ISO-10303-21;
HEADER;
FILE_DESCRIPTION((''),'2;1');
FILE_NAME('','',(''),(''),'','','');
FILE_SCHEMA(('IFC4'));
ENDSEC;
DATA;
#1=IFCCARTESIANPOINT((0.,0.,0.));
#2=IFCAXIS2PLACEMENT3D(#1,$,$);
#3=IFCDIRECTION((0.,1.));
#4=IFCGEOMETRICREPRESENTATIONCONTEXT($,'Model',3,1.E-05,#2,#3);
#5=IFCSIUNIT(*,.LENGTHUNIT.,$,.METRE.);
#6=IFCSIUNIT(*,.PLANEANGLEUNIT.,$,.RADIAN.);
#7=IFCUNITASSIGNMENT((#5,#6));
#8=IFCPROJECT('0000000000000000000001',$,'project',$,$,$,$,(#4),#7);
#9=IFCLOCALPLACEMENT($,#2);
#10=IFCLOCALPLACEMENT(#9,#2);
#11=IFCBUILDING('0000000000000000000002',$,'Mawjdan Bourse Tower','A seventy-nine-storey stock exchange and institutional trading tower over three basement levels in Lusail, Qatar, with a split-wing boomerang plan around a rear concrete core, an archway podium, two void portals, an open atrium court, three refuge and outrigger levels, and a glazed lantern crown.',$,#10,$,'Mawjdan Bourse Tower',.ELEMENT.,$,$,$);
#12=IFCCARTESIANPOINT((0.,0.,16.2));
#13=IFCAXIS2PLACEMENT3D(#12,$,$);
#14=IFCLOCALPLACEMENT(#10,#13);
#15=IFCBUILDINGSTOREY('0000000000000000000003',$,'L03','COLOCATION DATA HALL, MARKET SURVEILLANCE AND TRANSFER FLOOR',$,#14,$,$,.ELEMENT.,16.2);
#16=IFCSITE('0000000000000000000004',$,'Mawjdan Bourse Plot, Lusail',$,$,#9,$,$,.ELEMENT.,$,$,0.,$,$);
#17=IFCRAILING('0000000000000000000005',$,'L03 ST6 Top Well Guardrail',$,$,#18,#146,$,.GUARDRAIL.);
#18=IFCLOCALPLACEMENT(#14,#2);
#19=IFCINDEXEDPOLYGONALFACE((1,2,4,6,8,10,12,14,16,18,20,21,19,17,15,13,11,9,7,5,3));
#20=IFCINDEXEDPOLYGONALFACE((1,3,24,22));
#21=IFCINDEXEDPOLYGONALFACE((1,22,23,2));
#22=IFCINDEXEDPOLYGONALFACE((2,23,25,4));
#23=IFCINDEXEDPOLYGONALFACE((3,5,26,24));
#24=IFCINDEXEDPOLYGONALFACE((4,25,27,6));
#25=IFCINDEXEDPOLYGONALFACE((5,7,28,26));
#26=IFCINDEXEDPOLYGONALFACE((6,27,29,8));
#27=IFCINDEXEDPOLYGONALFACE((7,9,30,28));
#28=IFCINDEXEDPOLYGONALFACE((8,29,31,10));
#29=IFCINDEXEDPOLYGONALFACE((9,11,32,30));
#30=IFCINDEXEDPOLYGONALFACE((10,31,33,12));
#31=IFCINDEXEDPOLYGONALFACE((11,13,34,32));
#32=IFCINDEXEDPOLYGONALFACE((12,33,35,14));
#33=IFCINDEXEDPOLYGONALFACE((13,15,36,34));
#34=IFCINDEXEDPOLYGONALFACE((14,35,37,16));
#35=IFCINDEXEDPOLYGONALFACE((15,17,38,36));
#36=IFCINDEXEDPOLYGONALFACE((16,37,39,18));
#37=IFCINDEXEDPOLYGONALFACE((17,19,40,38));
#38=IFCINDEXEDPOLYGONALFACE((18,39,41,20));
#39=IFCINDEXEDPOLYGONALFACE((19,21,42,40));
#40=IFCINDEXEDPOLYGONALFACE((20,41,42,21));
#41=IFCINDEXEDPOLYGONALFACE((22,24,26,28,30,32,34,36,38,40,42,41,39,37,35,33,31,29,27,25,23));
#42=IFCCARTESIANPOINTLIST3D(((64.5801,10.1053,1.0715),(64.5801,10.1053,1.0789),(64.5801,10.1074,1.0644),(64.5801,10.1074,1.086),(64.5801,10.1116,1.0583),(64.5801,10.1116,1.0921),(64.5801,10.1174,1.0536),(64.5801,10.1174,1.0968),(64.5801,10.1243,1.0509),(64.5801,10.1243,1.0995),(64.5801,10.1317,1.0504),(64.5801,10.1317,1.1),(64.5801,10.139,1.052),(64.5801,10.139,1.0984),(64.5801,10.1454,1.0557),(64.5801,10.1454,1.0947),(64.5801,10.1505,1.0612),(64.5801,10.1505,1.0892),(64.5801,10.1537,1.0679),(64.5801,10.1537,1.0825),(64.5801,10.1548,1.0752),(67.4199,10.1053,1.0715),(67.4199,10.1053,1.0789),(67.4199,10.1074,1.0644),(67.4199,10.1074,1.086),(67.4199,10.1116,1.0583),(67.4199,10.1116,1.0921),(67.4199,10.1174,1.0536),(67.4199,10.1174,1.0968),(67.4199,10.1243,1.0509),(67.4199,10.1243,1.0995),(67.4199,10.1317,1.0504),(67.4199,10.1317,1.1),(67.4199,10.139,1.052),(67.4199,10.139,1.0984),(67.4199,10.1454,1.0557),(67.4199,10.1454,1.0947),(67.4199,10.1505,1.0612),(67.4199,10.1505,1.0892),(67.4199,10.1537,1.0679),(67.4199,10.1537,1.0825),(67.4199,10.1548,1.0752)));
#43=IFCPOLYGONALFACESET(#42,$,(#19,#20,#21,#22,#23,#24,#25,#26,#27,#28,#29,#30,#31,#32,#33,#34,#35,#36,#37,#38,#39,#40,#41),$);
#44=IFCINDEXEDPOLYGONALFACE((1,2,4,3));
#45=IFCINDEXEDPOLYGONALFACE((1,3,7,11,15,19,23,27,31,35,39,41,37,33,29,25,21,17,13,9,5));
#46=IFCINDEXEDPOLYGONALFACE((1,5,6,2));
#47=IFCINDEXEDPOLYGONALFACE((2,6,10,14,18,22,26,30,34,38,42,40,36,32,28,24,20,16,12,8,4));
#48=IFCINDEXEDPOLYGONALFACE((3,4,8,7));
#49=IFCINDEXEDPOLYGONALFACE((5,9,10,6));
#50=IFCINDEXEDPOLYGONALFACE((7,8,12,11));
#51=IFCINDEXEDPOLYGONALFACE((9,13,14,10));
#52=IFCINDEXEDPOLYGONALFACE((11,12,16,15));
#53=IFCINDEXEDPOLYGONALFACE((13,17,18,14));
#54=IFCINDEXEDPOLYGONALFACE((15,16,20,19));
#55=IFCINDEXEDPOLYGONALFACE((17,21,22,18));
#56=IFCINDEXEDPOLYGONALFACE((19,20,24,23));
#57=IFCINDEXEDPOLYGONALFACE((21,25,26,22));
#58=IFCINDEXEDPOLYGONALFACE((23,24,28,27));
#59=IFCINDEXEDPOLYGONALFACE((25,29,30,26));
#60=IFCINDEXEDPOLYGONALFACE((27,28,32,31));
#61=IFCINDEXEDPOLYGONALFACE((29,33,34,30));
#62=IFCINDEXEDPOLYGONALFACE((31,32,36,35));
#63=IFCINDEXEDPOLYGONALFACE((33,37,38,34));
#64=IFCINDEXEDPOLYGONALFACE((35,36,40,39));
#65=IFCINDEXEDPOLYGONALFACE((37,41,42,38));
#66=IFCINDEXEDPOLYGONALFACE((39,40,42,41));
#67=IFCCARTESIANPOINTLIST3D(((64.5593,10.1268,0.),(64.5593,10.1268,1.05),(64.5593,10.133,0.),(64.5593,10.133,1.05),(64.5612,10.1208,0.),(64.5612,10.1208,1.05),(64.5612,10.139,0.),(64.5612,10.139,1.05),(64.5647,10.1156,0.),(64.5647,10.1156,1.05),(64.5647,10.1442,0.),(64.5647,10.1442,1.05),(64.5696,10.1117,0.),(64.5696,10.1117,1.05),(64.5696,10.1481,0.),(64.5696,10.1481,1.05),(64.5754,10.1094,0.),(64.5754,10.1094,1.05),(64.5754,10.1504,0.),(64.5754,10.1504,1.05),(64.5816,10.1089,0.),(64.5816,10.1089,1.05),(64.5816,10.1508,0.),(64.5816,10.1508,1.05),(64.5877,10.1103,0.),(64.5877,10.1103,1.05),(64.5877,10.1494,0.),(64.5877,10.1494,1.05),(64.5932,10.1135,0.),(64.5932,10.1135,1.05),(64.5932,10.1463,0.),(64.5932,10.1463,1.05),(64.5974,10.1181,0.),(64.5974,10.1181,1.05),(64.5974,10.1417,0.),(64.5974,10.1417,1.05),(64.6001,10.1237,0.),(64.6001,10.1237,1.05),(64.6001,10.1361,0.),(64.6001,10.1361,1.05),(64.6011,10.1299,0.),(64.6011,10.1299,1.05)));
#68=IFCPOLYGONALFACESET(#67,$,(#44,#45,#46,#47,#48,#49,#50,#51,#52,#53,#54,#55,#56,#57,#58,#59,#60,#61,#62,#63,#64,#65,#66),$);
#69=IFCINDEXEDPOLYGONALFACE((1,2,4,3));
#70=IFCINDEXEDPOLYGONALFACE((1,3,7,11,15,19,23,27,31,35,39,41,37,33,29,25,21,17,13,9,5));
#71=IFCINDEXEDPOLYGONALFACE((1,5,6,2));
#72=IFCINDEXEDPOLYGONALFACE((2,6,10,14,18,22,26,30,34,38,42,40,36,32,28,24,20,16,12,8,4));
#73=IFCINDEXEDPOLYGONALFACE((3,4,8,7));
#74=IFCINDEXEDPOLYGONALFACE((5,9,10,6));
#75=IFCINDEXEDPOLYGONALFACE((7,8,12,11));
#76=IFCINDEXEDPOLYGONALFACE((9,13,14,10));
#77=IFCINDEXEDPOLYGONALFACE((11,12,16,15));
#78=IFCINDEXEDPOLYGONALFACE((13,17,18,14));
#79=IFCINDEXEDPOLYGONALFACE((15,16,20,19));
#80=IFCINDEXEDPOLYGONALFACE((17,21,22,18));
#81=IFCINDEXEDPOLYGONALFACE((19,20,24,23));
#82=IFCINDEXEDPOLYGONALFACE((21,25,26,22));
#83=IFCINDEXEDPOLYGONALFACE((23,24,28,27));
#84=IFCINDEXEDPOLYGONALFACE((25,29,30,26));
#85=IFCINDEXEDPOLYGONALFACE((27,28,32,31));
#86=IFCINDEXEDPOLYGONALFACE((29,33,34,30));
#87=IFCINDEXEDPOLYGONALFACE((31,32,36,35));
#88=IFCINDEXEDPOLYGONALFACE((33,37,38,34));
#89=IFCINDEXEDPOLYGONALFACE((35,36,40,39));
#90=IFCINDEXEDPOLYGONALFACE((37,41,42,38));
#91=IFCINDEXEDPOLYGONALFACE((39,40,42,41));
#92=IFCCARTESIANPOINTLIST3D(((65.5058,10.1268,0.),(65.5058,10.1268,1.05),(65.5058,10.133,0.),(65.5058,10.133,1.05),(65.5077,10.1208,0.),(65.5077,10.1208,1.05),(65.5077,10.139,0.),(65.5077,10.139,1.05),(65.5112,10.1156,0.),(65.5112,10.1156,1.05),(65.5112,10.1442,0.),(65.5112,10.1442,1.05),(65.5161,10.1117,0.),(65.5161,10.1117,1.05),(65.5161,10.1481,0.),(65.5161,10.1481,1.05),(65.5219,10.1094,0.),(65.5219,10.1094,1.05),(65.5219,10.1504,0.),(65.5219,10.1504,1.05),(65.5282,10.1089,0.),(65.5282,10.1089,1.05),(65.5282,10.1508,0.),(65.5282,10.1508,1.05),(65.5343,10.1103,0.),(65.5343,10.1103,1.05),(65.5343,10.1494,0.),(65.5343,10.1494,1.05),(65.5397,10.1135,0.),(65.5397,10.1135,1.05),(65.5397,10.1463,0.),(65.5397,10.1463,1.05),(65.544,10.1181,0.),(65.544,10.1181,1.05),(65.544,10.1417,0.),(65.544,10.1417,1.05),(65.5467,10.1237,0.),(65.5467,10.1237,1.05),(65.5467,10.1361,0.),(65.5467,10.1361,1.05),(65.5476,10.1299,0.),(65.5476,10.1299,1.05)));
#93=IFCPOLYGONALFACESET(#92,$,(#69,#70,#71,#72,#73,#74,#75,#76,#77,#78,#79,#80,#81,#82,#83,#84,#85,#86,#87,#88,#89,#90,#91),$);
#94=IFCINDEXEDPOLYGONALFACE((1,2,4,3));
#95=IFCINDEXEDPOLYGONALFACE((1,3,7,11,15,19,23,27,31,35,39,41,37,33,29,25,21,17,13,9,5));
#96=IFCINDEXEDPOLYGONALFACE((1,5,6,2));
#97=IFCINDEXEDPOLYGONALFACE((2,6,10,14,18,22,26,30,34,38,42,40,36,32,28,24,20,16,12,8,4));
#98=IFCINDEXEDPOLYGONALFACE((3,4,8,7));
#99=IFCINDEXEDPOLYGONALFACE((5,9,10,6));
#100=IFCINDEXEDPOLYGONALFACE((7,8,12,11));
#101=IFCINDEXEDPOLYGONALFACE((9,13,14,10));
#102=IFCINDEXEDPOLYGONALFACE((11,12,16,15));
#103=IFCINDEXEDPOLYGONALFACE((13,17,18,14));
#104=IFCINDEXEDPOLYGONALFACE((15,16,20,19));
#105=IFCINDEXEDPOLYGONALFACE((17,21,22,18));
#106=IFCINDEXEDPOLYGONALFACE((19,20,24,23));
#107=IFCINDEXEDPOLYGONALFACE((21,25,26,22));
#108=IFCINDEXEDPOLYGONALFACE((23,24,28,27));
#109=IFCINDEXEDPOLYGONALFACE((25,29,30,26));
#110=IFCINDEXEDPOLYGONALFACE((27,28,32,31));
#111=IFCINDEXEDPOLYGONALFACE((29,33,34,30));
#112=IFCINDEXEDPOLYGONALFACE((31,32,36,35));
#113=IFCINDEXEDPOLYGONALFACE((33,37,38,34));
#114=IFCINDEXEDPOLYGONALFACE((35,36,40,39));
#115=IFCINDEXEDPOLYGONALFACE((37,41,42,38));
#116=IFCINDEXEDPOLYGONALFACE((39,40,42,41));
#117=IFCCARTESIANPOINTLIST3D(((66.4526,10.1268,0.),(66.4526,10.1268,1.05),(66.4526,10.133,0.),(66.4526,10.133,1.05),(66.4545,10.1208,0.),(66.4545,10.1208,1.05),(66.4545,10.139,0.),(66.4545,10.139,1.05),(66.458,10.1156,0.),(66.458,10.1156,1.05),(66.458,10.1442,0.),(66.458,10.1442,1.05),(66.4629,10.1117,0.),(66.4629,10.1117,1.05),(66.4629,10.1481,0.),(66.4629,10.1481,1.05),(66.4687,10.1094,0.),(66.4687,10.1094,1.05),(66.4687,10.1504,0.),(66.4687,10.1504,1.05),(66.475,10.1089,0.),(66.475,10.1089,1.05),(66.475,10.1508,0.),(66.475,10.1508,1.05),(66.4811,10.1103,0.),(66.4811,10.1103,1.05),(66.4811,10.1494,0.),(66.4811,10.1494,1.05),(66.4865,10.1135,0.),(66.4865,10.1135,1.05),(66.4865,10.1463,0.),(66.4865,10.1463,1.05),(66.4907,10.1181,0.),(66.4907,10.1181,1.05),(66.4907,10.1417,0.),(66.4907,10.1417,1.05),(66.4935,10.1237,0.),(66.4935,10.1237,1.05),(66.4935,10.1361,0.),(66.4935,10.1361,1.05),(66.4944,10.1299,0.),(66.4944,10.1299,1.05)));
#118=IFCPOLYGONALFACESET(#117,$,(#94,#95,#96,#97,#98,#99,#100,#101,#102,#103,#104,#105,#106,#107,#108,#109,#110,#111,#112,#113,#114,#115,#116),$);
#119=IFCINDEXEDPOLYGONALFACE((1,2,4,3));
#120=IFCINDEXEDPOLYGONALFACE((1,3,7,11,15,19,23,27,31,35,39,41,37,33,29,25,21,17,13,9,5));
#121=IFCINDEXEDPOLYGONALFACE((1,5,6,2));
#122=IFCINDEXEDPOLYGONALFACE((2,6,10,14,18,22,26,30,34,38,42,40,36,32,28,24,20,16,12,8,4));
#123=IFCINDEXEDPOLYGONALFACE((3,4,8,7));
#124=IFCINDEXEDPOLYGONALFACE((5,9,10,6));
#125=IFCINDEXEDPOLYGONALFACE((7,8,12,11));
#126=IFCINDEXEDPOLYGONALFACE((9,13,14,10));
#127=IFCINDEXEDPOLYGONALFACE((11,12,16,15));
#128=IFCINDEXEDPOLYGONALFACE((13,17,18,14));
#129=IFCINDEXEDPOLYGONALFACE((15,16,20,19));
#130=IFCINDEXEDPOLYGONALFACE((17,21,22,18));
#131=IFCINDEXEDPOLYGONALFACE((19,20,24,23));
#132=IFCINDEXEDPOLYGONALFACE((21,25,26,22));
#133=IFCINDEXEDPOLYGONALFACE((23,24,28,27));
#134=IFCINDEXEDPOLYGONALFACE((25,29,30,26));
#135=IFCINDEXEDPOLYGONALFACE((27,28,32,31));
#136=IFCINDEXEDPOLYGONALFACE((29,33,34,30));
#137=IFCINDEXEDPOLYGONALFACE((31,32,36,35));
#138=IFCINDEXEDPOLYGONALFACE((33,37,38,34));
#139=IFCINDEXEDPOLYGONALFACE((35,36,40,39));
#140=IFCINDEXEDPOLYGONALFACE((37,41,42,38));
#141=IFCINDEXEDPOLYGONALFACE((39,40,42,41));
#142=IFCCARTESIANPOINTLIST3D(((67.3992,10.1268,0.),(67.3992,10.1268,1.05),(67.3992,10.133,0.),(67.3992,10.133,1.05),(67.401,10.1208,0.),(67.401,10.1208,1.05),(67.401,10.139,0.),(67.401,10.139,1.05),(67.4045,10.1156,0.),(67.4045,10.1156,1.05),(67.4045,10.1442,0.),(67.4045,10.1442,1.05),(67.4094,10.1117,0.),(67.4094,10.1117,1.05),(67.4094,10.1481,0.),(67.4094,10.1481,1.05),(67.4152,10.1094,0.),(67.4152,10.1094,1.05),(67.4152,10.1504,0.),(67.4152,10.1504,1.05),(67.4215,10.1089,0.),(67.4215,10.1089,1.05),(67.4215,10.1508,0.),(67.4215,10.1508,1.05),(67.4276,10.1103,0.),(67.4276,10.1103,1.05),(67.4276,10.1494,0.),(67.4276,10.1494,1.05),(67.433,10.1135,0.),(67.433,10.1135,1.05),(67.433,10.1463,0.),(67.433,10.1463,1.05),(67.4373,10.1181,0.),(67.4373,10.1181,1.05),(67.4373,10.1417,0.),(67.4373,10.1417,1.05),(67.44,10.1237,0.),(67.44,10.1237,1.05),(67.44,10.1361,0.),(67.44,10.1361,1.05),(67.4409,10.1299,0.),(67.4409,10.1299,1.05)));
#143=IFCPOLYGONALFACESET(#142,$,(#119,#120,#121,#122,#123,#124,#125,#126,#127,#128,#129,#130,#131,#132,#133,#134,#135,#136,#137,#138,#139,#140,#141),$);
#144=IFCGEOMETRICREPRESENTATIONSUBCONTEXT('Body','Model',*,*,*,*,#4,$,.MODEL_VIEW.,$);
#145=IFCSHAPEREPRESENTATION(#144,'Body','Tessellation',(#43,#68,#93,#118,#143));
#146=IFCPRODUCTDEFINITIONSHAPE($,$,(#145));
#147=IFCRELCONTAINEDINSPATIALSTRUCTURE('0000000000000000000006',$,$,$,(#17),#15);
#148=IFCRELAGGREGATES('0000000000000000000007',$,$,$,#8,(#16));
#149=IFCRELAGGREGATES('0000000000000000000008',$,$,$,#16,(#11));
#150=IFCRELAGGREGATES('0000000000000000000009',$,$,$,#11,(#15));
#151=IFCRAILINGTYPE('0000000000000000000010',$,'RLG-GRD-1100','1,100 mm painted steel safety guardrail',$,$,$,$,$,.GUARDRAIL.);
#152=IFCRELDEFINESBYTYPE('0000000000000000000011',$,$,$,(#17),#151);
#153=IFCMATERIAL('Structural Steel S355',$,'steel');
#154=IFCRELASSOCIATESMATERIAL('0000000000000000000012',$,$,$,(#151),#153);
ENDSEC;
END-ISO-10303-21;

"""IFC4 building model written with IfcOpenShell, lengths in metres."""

from ifc_helpers import new_model, si_unit, direction, frame, origin, origin_2d, place, context, subcontext, project, spatial, circle, extrude, material, type_object, element, save


model = new_model("IFC4")

# Units and contexts
model_context = context("Model", 3, precision=1e-05, world=origin(), true_north=direction((0.0, 1.0)))
body_context = subcontext(model_context, "Body", "Model", "MODEL_VIEW")
ifc_project = project(units=[si_unit("LENGTHUNIT", "METRE"), si_unit("PLANEANGLEUNIT", "RADIAN")], contexts=[model_context])

# Site, building, storey
site_placement = place(None, origin())
site = spatial("IfcSite", under=ifc_project, at=site_placement, Name="Mawjdan Bourse Plot, Lusail", CompositionType="ELEMENT", RefElevation=0.0)
building_placement = place(site_placement, origin())
building = spatial("IfcBuilding", under=site, at=building_placement, Name="Mawjdan Bourse Tower", Description="A seventy-nine-storey stock exchange and institutional trading tower over three basement levels in Lusail, Qatar, with a split-wing boomerang plan around a rear concrete core, an archway podium, two void portals, an open atrium court, three refuge and outrigger levels, and a glazed lantern crown.", LongName="Mawjdan Bourse Tower", CompositionType="ELEMENT")
storey_placement = place(building_placement, frame((0.0, 0.0, 16.2)))
storey = spatial("IfcBuildingStorey", under=building, at=storey_placement, Name="L03", Description="COLOCATION DATA HALL, MARKET SURVEILLANCE AND TRANSFER FLOOR", CompositionType="ELEMENT", Elevation=16.2)

# Shared definitions
ifc_material_1 = material(Name="Structural Steel S355", Category="steel")

# Railing
railing_type = type_object("IfcRailingType", Name="RLG-GRD-1100", Description="1,100 mm painted steel safety guardrail", PredefinedType="GUARDRAIL", material=ifc_material_1)
railing_placement = place(storey_placement, frame((64.5801, 10.1299, 0.0)))
element("IfcRailing", 1, at=railing_placement, inside=storey, type_object=railing_type, Name="L03 ST6 Top Well Guardrail", PredefinedType="GUARDRAIL", context=body_context, shape_type="SweptSolid", body=[
    extrude(circle(Radius=0.0249, at=origin_2d()), frame((0.0, 0.0, 1.0752), z_axis=(1.0, 0.0, 0.0), x_axis=(0.0, 1.0, 0.0)), (0.0, 0.0, 1.0), 2.8398),
    extrude(circle(Radius=0.021, at=origin_2d()), origin(), (0.0, 0.0, 1.0), 1.05),
    extrude(circle(Radius=0.021, at=origin_2d()), frame((0.9465, 0.0, 0.0)), (0.0, 0.0, 1.0), 1.05),
    extrude(circle(Radius=0.021, at=origin_2d()), frame((1.8933, 0.0, 0.0)), (0.0, 0.0, 1.0), 1.05),
    extrude(circle(Radius=0.021, at=origin_2d()), frame((2.8398, 0.0, 0.0)), (0.0, 0.0, 1.0), 1.05),
])

save(model, "model.ifc")
